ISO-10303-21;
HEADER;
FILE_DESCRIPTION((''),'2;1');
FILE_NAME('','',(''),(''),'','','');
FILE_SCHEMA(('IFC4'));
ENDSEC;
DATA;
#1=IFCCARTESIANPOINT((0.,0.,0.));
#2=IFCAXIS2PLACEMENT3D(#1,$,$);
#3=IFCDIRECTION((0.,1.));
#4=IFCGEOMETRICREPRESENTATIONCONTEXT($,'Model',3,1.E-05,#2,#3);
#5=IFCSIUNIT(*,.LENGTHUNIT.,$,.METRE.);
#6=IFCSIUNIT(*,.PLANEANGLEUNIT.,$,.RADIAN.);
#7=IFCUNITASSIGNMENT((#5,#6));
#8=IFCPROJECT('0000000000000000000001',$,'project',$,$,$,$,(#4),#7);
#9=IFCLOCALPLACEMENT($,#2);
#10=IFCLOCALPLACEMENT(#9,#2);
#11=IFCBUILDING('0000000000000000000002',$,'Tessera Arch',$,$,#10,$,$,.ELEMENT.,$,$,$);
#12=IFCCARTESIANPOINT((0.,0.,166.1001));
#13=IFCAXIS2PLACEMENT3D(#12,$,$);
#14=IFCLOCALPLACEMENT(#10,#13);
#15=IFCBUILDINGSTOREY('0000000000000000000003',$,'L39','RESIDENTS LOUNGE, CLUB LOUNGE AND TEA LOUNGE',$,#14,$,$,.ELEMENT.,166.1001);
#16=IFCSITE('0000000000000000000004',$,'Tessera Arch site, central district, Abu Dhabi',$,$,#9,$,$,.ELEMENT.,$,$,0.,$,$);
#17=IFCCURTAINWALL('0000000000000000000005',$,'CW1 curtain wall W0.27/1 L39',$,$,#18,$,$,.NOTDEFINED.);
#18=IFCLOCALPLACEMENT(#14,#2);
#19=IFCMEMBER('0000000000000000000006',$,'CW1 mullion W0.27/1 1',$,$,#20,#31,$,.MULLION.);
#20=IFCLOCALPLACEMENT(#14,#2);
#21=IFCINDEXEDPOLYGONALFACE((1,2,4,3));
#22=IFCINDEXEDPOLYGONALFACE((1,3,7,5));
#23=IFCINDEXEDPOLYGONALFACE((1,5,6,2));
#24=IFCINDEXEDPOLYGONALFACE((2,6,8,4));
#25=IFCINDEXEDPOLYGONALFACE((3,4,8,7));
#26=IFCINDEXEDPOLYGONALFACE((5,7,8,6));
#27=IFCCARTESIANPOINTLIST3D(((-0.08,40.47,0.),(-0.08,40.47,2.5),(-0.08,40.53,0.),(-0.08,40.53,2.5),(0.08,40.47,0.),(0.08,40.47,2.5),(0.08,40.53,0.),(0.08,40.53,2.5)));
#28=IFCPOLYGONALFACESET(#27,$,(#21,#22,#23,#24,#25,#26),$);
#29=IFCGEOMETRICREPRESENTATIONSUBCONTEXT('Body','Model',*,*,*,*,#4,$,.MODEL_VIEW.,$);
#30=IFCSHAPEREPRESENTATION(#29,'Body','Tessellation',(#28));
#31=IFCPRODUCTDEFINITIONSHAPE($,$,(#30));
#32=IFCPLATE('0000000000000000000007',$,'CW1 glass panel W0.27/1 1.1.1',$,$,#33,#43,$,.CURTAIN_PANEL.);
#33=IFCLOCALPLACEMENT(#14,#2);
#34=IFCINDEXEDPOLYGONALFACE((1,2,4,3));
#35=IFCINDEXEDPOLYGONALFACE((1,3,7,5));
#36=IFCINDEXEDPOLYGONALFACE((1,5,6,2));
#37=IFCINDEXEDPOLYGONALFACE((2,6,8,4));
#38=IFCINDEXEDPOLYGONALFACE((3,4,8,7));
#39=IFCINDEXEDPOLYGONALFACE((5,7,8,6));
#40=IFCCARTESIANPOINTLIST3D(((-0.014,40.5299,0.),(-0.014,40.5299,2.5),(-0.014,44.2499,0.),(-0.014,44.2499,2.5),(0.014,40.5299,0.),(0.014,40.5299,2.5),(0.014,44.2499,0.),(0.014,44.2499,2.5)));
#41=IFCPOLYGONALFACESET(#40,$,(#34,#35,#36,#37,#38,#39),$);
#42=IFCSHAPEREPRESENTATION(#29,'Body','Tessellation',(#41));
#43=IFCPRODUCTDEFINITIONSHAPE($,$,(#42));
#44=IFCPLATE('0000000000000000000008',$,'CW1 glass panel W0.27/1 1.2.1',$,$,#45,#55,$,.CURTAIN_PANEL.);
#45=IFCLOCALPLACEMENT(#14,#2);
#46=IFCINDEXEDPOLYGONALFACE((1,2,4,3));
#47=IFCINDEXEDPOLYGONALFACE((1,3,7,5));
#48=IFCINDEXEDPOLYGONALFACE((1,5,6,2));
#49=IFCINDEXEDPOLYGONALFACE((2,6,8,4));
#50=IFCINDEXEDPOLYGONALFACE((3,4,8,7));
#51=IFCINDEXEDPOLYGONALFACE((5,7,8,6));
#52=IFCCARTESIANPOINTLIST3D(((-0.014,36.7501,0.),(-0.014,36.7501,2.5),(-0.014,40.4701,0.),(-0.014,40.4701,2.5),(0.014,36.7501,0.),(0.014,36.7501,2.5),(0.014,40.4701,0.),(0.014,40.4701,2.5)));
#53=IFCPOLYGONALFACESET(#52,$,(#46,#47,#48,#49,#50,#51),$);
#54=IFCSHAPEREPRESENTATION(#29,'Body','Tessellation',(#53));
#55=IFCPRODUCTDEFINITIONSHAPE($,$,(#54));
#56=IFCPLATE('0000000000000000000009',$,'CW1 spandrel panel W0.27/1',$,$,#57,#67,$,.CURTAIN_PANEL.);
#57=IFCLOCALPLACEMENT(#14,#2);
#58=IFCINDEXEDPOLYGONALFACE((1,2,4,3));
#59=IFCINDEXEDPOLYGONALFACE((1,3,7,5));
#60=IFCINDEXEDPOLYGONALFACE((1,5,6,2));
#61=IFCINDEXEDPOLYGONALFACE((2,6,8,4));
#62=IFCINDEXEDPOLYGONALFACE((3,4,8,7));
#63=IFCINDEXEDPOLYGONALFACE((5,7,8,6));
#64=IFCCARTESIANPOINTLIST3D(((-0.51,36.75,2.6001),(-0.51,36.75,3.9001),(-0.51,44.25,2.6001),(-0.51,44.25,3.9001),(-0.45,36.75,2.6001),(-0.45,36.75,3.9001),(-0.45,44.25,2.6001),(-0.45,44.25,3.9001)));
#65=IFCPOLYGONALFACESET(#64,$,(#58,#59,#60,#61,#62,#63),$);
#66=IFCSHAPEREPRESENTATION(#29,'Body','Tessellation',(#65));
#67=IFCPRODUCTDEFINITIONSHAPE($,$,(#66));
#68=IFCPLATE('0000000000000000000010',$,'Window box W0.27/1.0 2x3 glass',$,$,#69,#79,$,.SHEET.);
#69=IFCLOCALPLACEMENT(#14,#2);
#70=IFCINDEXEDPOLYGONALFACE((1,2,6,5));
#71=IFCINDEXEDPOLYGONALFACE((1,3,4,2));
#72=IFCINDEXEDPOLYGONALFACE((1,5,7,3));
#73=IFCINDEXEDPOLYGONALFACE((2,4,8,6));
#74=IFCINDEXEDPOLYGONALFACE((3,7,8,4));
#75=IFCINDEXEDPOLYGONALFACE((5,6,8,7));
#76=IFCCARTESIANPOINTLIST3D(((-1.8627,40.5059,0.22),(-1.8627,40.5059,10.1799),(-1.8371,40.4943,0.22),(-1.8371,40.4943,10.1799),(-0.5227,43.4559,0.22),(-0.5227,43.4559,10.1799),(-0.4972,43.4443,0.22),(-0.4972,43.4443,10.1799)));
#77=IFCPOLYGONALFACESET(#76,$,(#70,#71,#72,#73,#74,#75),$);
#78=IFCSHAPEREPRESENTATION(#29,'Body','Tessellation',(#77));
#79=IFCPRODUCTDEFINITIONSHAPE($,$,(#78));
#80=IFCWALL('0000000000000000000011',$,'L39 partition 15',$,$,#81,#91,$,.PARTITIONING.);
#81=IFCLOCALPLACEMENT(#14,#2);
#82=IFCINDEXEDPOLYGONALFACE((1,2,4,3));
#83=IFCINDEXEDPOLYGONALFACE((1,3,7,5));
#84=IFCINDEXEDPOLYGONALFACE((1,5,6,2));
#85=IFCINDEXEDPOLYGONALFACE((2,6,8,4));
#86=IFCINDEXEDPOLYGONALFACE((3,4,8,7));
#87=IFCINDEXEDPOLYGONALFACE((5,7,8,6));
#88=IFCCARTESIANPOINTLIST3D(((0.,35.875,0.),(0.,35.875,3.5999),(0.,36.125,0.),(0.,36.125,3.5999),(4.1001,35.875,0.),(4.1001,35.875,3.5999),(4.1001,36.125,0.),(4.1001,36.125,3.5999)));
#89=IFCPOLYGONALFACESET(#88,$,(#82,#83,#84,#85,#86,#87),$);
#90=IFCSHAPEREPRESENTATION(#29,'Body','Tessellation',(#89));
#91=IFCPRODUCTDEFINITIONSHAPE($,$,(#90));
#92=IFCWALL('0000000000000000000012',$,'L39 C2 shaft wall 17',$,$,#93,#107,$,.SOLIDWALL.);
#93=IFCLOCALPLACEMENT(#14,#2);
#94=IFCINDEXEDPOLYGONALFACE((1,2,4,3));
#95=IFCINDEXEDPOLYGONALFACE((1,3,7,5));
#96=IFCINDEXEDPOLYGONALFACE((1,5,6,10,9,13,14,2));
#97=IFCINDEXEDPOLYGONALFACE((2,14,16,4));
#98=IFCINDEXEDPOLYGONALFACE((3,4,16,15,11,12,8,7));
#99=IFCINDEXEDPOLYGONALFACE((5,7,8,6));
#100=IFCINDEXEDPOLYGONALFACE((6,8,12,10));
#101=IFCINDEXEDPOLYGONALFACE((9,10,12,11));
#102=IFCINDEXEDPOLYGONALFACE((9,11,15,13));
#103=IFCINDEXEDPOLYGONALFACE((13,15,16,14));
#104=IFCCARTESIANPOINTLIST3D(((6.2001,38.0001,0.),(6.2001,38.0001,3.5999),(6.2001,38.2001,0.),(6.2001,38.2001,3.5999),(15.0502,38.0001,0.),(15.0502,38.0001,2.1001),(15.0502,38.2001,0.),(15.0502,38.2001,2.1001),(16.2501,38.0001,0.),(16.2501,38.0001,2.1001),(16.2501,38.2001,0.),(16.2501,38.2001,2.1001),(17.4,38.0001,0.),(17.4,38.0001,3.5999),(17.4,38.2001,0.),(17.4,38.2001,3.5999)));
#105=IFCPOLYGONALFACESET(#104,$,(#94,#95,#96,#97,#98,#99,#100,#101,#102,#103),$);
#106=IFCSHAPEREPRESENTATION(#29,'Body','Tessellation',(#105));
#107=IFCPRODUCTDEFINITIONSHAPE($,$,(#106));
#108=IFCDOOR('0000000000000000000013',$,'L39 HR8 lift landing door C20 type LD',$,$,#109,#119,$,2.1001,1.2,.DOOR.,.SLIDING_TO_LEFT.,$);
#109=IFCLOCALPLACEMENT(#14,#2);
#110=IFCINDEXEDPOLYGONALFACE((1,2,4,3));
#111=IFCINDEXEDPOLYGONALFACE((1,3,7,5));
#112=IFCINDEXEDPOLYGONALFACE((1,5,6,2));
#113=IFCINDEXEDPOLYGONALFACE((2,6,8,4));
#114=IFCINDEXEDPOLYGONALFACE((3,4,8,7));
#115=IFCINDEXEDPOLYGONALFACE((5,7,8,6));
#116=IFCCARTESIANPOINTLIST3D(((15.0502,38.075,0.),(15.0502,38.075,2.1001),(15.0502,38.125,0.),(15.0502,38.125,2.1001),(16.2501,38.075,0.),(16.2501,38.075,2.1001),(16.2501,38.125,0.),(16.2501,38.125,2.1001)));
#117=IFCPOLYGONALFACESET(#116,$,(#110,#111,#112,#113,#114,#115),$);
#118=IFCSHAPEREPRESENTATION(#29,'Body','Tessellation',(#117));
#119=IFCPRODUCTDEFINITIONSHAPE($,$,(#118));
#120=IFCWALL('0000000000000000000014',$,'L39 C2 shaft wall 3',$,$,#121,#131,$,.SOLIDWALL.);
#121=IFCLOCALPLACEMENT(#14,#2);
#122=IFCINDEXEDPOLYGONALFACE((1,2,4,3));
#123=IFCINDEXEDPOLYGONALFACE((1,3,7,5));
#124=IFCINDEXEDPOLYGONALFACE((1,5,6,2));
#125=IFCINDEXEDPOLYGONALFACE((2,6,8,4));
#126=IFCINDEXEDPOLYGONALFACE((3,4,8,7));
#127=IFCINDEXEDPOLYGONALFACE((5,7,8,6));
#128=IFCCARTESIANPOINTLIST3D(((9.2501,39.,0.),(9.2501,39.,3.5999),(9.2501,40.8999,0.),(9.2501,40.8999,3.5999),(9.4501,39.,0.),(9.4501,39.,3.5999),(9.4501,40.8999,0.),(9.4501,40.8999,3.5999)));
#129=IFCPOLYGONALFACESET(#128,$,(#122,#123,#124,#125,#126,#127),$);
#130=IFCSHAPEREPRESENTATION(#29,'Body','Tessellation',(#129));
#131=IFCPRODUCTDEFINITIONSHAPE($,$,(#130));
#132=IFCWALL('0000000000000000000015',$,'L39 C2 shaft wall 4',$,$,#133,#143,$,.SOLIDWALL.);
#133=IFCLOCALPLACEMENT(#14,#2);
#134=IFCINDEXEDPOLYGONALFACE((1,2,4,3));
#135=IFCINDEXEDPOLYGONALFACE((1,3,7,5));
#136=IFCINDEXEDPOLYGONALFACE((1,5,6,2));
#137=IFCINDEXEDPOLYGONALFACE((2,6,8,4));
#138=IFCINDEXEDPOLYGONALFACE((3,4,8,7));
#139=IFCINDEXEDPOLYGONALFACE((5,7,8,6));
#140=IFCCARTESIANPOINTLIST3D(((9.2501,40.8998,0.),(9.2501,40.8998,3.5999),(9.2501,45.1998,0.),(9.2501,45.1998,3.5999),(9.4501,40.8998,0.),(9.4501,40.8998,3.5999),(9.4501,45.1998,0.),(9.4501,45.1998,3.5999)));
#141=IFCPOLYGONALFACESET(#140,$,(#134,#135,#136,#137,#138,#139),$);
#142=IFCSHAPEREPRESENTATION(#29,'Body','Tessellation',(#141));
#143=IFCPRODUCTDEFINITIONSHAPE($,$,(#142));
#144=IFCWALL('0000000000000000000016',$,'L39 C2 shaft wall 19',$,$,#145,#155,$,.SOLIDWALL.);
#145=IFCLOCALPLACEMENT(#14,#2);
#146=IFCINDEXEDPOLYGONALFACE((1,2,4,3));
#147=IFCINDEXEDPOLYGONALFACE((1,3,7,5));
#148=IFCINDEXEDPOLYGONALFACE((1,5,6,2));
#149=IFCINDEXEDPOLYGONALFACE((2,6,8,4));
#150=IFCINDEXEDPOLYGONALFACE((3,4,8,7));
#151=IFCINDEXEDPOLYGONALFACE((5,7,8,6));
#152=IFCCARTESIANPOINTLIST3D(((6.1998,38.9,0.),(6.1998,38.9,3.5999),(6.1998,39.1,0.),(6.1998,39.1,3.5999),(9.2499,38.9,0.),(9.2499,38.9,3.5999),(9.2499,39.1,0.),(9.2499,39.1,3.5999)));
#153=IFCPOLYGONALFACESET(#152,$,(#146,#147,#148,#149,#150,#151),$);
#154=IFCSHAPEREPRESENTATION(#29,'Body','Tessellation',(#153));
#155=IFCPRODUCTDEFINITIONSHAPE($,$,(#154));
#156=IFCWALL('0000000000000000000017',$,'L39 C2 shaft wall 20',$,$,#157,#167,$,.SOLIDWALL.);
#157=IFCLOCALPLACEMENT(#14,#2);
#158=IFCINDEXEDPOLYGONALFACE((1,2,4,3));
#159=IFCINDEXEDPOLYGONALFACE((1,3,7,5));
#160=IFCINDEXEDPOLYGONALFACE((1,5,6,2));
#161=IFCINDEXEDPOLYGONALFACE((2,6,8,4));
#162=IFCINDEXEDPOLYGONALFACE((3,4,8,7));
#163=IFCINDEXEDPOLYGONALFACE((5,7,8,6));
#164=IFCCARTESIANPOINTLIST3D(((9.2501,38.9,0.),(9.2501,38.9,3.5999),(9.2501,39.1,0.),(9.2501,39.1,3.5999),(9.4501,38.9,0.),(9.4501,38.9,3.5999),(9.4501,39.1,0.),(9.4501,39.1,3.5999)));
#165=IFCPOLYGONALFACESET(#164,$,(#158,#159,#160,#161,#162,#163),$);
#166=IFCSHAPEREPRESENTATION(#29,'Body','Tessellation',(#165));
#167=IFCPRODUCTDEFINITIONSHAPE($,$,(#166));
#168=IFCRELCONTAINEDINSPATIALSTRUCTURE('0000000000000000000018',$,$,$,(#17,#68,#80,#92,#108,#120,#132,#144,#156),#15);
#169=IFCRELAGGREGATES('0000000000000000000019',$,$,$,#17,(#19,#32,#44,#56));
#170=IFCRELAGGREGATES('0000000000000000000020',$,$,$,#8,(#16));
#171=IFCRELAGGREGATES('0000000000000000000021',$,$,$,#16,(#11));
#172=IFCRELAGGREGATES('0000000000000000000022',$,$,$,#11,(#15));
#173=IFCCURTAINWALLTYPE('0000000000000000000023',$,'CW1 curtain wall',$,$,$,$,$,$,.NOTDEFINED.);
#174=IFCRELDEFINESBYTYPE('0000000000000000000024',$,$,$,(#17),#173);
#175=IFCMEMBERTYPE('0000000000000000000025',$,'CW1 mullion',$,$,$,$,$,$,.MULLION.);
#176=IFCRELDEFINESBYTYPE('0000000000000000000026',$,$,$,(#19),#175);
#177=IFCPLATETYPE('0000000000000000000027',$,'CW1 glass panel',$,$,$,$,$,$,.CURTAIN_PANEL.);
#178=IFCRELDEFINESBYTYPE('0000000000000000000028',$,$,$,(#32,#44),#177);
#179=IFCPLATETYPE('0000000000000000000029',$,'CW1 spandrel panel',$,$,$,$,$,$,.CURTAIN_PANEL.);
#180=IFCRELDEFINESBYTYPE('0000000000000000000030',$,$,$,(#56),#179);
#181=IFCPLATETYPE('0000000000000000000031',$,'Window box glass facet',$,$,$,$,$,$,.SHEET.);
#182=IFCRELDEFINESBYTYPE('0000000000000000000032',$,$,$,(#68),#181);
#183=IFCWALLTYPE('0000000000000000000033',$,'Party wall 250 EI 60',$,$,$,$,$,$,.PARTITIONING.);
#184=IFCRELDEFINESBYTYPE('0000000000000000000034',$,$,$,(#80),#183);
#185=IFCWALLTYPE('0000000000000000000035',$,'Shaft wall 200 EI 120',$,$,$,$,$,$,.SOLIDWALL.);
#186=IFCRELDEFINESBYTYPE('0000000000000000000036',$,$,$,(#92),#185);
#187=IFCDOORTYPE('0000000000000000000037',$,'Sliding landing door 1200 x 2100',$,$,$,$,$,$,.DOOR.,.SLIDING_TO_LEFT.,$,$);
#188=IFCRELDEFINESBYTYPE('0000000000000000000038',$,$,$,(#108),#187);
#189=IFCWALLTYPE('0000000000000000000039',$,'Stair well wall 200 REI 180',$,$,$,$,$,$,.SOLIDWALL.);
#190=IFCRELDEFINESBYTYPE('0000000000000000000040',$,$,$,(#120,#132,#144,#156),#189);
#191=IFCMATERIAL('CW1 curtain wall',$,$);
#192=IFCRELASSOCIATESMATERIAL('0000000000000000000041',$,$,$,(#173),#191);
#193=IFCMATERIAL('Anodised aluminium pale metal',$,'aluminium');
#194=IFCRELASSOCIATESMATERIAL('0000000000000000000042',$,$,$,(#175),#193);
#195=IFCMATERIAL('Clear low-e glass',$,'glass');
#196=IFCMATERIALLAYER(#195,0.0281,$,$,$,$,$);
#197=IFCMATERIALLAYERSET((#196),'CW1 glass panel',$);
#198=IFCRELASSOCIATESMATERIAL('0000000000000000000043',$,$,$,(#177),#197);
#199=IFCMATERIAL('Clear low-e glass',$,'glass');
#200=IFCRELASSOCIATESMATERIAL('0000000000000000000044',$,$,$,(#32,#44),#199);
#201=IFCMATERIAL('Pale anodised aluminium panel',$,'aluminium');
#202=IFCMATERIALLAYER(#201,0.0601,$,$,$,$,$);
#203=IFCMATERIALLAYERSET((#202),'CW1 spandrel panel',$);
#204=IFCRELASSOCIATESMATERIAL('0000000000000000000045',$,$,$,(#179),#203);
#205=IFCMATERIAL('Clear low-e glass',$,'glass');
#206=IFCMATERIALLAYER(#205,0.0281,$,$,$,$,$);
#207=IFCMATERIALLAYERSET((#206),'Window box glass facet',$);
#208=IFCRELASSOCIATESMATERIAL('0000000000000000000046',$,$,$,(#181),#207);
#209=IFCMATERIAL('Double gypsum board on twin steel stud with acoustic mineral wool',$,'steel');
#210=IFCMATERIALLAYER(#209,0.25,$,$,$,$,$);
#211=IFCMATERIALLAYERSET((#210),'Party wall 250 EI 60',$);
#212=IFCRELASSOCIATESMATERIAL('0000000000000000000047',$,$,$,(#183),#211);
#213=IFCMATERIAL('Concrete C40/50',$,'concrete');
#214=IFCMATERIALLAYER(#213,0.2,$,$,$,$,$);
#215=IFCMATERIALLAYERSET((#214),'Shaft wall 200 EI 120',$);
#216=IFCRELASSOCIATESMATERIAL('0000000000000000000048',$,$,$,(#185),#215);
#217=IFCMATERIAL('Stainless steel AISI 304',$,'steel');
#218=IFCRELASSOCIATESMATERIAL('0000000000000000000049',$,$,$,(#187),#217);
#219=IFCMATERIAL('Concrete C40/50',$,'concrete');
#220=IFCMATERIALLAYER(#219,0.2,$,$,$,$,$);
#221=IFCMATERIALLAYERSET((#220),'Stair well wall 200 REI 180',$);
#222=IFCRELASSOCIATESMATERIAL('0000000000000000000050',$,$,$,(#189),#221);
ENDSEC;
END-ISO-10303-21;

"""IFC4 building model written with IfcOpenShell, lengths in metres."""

from ifc_helpers import new_model, si_unit, direction, frame, frame_2d, origin, origin_2d, place, context, subcontext, project, spatial, rectangle, extrude, material, layer, layer_set, material_profile, profile_set, type_object, element, fill, aggregate, save


model = new_model("IFC4")

# Units and contexts
model_context = context("Model", 3, precision=1e-05, world=origin(), true_north=direction((0.0, 1.0)))
body_context = subcontext(model_context, "Body", "Model", "MODEL_VIEW")
ifc_project = project(units=[si_unit("LENGTHUNIT", "METRE"), si_unit("PLANEANGLEUNIT", "RADIAN")], contexts=[model_context])

# Site, building, storey
site_placement = place(None, origin())
site = spatial("IfcSite", under=ifc_project, at=site_placement, Name="Tessera Arch site, central district, Abu Dhabi", CompositionType="ELEMENT", RefElevation=0.0)
building_placement = place(site_placement, origin())
building = spatial("IfcBuilding", under=site, at=building_placement, Name="Tessera Arch", CompositionType="ELEMENT")
storey_placement = place(building_placement, frame((0.0, 0.0, 166.1001)))
storey = spatial("IfcBuildingStorey", under=building, at=storey_placement, Name="L39", Description="RESIDENTS LOUNGE, CLUB LOUNGE AND TEA LOUNGE", CompositionType="ELEMENT", Elevation=166.1001)

# Curtain wall, member, plates
ifc_material_1 = material(Name="CW1 curtain wall")
curtain_wall_type = type_object("IfcCurtainWallType", Name="CW1 curtain wall", PredefinedType="NOTDEFINED", material=ifc_material_1)
curtain_wall_placement = place(storey_placement, origin())
curtain_wall = element("IfcCurtainWall", 1, at=curtain_wall_placement, inside=storey, type_object=curtain_wall_type, Name="CW1 curtain wall W0.27/1 L39", PredefinedType="NOTDEFINED")
ifc_material_2 = material(Name="Anodised aluminium pale metal", Category="aluminium")
ifc_material_profile = material_profile(ifc_material_2, rectangle(XDim=0.1599, YDim=0.0601, at=origin_2d()), Name="AL 60x160")
ifc_profile_set = profile_set([ifc_material_profile], Name="Anodised aluminium pale metal")
member_type = type_object("IfcMemberType", Name="CW1 mullion", PredefinedType="MULLION", material=ifc_profile_set)
member_placement = place(storey_placement, frame((0.0, 40.5, 0.0), z_axis=(0.0, 0.0, 1.0), x_axis=(1.0, 0.0, 0.0)))
member = element("IfcMember", 2, at=member_placement, type_object=member_type, Name="CW1 mullion W0.27/1 1", PredefinedType="MULLION", context=body_context, shape_type="SweptSolid", body=[
    extrude(rectangle(XDim=0.1599, YDim=0.0601, at=origin_2d()), origin(), (0.0, 0.0, 1.0), 2.5),
])
ifc_material_3 = material(Name="Clear low-e glass", Category="glass")
ifc_material_4 = material(Name="Clear low-e glass", Category="glass")
ifc_layer_1 = layer(ifc_material_4, 0.0281)
ifc_layer_set_1 = layer_set([ifc_layer_1], Name="CW1 glass panel")
plate_type_1 = type_object("IfcPlateType", Name="CW1 glass panel", PredefinedType="CURTAIN_PANEL", material=ifc_layer_set_1)
plate_1_placement = place(storey_placement, frame((0.0, 42.3899, 0.0), z_axis=(0.0, 0.0, 1.0), x_axis=(0.0, -1.0, 0.0)))
plate_1 = element("IfcPlate", 3, at=plate_1_placement, type_object=plate_type_1, material=ifc_material_3, Name="CW1 glass panel W0.27/1 1.1.1", PredefinedType="CURTAIN_PANEL", context=body_context, shape_type="SweptSolid", body=[
    extrude(rectangle(XDim=3.72, YDim=0.0281, at=origin_2d()), origin(), (0.0, 0.0, 1.0), 2.5),
])
plate_2_placement = place(storey_placement, frame((0.0, 38.6101, 0.0), z_axis=(0.0, 0.0, 1.0), x_axis=(0.0, -1.0, 0.0)))
plate_2 = element("IfcPlate", 4, at=plate_2_placement, type_object=plate_type_1, material=ifc_material_3, Name="CW1 glass panel W0.27/1 1.2.1", PredefinedType="CURTAIN_PANEL", context=body_context, shape_type="SweptSolid", body=[
    extrude(rectangle(XDim=3.72, YDim=0.0281, at=origin_2d()), origin(), (0.0, 0.0, 1.0), 2.5),
])
ifc_material_5 = material(Name="Pale anodised aluminium panel", Category="aluminium")
ifc_layer_2 = layer(ifc_material_5, 0.0601)
ifc_layer_set_2 = layer_set([ifc_layer_2], Name="CW1 spandrel panel")
plate_type_2 = type_object("IfcPlateType", Name="CW1 spandrel panel", PredefinedType="CURTAIN_PANEL", material=ifc_layer_set_2)
plate_3_placement = place(storey_placement, frame((-0.48, 40.5, 2.6001), z_axis=(0.0, 0.0, 1.0), x_axis=(0.0, -1.0, 0.0)))
plate_3 = element("IfcPlate", 5, at=plate_3_placement, type_object=plate_type_2, Name="CW1 spandrel panel W0.27/1", PredefinedType="CURTAIN_PANEL", context=body_context, shape_type="SweptSolid", body=[
    extrude(rectangle(XDim=7.5, YDim=0.0601, at=origin_2d()), origin(), (0.0, 0.0, 1.0), 1.3),
])
aggregate(curtain_wall, [member, plate_1, plate_2, plate_3])

# Plate
ifc_material_6 = material(Name="Clear low-e glass", Category="glass")
ifc_layer_3 = layer(ifc_material_6, 0.0281)
ifc_layer_set_3 = layer_set([ifc_layer_3], Name="Window box glass facet")
plate_type_3 = type_object("IfcPlateType", Name="Window box glass facet", PredefinedType="SHEET", material=ifc_layer_set_3)
plate_4_placement = place(storey_placement, frame((-1.1799, 41.9751, 0.22), z_axis=(0.0, 0.0, 1.0), x_axis=(-0.41357, -0.910472, 0.0)))
element("IfcPlate", 6, at=plate_4_placement, inside=storey, type_object=plate_type_3, Name="Window box W0.27/1.0 2x3 glass", PredefinedType="SHEET", context=body_context, shape_type="SweptSolid", body=[
    extrude(rectangle(XDim=3.24, YDim=0.0281, at=origin_2d()), origin(), (0.0, 0.0, 1.0), 9.96),
])

# Wall
ifc_material_7 = material(Name="Double gypsum board on twin steel stud with acoustic mineral wool", Category="steel")
ifc_layer_4 = layer(ifc_material_7, 0.25)
ifc_layer_set_4 = layer_set([ifc_layer_4], Name="Party wall 250 EI 60")
wall_type_1 = type_object("IfcWallType", Name="Party wall 250 EI 60", PredefinedType="PARTITIONING", material=ifc_layer_set_4)
wall_1_placement = place(storey_placement, frame((0.0, 36.0, 0.0), z_axis=(0.0, 0.0, 1.0), x_axis=(1.0, 0.0, 0.0)))
element("IfcWall", 7, at=wall_1_placement, inside=storey, type_object=wall_type_1, Name="L39 partition 15", PredefinedType="PARTITIONING", context=body_context, shape_type="SweptSolid", body=[
    extrude(rectangle(XDim=4.1001, YDim=0.25, at=frame_2d((2.05, 0.0))), origin(), (0.0, 0.0, 1.0), 3.5999),
])

# Wall, opening, door
ifc_material_8 = material(Name="Concrete C40/50", Category="concrete")
ifc_layer_5 = layer(ifc_material_8, 0.2)
ifc_layer_set_5 = layer_set([ifc_layer_5], Name="Shaft wall 200 EI 120")
wall_type_2 = type_object("IfcWallType", Name="Shaft wall 200 EI 120", PredefinedType="SOLIDWALL", material=ifc_layer_set_5)
wall_2_placement = place(storey_placement, frame((6.2, 38.1001, 0.0), z_axis=(0.0, 0.0, 1.0), x_axis=(1.0, 0.0, 0.0)))
wall_2 = element("IfcWall", 8, at=wall_2_placement, inside=storey, type_object=wall_type_2, Name="L39 C2 shaft wall 17", PredefinedType="SOLIDWALL", context=body_context, shape_type="SweptSolid", body=[
    extrude(rectangle(XDim=11.2, YDim=0.2, at=frame_2d((5.6001, 0.0))), origin(), (0.0, 0.0, 1.0), 3.5999),
])
opening_placement = place(wall_2_placement, frame((8.8501, 0.0, 0.0)))
opening = element("IfcOpeningElement", 9, at=opening_placement, cuts=wall_2, PredefinedType="OPENING", context=body_context, shape_type="SweptSolid", body=[
    extrude(rectangle(XDim=1.2, YDim=2.1001, at=frame_2d((0.6001, 1.05))), frame((0.0, 0.1099, 0.0), z_axis=(0.0, -1.0, 0.0), x_axis=(1.0, 0.0, 0.0)), (0.0, 0.0, 1.0), 0.22),
])
ifc_material_9 = material(Name="Stainless steel AISI 304", Category="steel")
door_type = type_object("IfcDoorType", Name="Sliding landing door 1200 x 2100", OperationType="SLIDING_TO_LEFT", PredefinedType="DOOR", material=ifc_material_9)
door_placement = place(opening_placement, origin())
door = element("IfcDoor", 10, at=door_placement, inside=storey, type_object=door_type, Name="L39 HR8 lift landing door C20 type LD", OperationType="SLIDING_TO_LEFT", OverallHeight=2.1001, OverallWidth=1.2, PredefinedType="DOOR", context=body_context, shape_type="SweptSolid", body=[
    extrude(rectangle(XDim=1.2, YDim=2.1001, at=frame_2d((0.6001, 1.05))), frame((0.0, 0.0249, 0.0), z_axis=(0.0, -1.0, 0.0), x_axis=(1.0, 0.0, 0.0)), (0.0, 0.0, 1.0), 0.05),
])
fill(opening, door)

# Walls
ifc_material_10 = material(Name="Concrete C40/50", Category="concrete")
ifc_layer_6 = layer(ifc_material_10, 0.2)
ifc_layer_set_6 = layer_set([ifc_layer_6], Name="Stair well wall 200 REI 180")
wall_type_3 = type_object("IfcWallType", Name="Stair well wall 200 REI 180", PredefinedType="SOLIDWALL", material=ifc_layer_set_6)
wall_3_placement = place(storey_placement, frame((9.3501, 39.0, 0.0), z_axis=(0.0, 0.0, 1.0), x_axis=(0.0, 1.0, 0.0)))
element("IfcWall", 11, at=wall_3_placement, inside=storey, type_object=wall_type_3, Name="L39 C2 shaft wall 3", PredefinedType="SOLIDWALL", context=body_context, shape_type="SweptSolid", body=[
    extrude(rectangle(XDim=1.8999, YDim=0.2, at=frame_2d((0.95, 0.0))), origin(), (0.0, 0.0, 1.0), 3.5999),
])
wall_4_placement = place(storey_placement, frame((9.3501, 40.8999, 0.0), z_axis=(0.0, 0.0, 1.0), x_axis=(0.0, 1.0, 0.0)))
element("IfcWall", 12, at=wall_4_placement, inside=storey, type_object=wall_type_3, Name="L39 C2 shaft wall 4", PredefinedType="SOLIDWALL", context=body_context, shape_type="SweptSolid", body=[
    extrude(rectangle(XDim=4.3, YDim=0.2, at=frame_2d((2.1499, 0.0))), origin(), (0.0, 0.0, 1.0), 3.5999),
])
wall_5_placement = place(storey_placement, frame((6.2, 39.0, 0.0), z_axis=(0.0, 0.0, 1.0), x_axis=(1.0, 0.0, 0.0)))
element("IfcWall", 13, at=wall_5_placement, inside=storey, type_object=wall_type_3, Name="L39 C2 shaft wall 19", PredefinedType="SOLIDWALL", context=body_context, shape_type="SweptSolid", body=[
    extrude(rectangle(XDim=3.05, YDim=0.2, at=frame_2d((1.5249, 0.0))), origin(), (0.0, 0.0, 1.0), 3.5999),
])
wall_6_placement = place(storey_placement, frame((9.25, 39.0, 0.0), z_axis=(0.0, 0.0, 1.0), x_axis=(1.0, 0.0, 0.0)))
element("IfcWall", 14, at=wall_6_placement, inside=storey, type_object=wall_type_3, Name="L39 C2 shaft wall 20", PredefinedType="SOLIDWALL", context=body_context, shape_type="SweptSolid", body=[
    extrude(rectangle(XDim=0.2, YDim=0.2, at=frame_2d((0.1001, 0.0))), origin(), (0.0, 0.0, 1.0), 3.5999),
])

save(model, "model.ifc")
